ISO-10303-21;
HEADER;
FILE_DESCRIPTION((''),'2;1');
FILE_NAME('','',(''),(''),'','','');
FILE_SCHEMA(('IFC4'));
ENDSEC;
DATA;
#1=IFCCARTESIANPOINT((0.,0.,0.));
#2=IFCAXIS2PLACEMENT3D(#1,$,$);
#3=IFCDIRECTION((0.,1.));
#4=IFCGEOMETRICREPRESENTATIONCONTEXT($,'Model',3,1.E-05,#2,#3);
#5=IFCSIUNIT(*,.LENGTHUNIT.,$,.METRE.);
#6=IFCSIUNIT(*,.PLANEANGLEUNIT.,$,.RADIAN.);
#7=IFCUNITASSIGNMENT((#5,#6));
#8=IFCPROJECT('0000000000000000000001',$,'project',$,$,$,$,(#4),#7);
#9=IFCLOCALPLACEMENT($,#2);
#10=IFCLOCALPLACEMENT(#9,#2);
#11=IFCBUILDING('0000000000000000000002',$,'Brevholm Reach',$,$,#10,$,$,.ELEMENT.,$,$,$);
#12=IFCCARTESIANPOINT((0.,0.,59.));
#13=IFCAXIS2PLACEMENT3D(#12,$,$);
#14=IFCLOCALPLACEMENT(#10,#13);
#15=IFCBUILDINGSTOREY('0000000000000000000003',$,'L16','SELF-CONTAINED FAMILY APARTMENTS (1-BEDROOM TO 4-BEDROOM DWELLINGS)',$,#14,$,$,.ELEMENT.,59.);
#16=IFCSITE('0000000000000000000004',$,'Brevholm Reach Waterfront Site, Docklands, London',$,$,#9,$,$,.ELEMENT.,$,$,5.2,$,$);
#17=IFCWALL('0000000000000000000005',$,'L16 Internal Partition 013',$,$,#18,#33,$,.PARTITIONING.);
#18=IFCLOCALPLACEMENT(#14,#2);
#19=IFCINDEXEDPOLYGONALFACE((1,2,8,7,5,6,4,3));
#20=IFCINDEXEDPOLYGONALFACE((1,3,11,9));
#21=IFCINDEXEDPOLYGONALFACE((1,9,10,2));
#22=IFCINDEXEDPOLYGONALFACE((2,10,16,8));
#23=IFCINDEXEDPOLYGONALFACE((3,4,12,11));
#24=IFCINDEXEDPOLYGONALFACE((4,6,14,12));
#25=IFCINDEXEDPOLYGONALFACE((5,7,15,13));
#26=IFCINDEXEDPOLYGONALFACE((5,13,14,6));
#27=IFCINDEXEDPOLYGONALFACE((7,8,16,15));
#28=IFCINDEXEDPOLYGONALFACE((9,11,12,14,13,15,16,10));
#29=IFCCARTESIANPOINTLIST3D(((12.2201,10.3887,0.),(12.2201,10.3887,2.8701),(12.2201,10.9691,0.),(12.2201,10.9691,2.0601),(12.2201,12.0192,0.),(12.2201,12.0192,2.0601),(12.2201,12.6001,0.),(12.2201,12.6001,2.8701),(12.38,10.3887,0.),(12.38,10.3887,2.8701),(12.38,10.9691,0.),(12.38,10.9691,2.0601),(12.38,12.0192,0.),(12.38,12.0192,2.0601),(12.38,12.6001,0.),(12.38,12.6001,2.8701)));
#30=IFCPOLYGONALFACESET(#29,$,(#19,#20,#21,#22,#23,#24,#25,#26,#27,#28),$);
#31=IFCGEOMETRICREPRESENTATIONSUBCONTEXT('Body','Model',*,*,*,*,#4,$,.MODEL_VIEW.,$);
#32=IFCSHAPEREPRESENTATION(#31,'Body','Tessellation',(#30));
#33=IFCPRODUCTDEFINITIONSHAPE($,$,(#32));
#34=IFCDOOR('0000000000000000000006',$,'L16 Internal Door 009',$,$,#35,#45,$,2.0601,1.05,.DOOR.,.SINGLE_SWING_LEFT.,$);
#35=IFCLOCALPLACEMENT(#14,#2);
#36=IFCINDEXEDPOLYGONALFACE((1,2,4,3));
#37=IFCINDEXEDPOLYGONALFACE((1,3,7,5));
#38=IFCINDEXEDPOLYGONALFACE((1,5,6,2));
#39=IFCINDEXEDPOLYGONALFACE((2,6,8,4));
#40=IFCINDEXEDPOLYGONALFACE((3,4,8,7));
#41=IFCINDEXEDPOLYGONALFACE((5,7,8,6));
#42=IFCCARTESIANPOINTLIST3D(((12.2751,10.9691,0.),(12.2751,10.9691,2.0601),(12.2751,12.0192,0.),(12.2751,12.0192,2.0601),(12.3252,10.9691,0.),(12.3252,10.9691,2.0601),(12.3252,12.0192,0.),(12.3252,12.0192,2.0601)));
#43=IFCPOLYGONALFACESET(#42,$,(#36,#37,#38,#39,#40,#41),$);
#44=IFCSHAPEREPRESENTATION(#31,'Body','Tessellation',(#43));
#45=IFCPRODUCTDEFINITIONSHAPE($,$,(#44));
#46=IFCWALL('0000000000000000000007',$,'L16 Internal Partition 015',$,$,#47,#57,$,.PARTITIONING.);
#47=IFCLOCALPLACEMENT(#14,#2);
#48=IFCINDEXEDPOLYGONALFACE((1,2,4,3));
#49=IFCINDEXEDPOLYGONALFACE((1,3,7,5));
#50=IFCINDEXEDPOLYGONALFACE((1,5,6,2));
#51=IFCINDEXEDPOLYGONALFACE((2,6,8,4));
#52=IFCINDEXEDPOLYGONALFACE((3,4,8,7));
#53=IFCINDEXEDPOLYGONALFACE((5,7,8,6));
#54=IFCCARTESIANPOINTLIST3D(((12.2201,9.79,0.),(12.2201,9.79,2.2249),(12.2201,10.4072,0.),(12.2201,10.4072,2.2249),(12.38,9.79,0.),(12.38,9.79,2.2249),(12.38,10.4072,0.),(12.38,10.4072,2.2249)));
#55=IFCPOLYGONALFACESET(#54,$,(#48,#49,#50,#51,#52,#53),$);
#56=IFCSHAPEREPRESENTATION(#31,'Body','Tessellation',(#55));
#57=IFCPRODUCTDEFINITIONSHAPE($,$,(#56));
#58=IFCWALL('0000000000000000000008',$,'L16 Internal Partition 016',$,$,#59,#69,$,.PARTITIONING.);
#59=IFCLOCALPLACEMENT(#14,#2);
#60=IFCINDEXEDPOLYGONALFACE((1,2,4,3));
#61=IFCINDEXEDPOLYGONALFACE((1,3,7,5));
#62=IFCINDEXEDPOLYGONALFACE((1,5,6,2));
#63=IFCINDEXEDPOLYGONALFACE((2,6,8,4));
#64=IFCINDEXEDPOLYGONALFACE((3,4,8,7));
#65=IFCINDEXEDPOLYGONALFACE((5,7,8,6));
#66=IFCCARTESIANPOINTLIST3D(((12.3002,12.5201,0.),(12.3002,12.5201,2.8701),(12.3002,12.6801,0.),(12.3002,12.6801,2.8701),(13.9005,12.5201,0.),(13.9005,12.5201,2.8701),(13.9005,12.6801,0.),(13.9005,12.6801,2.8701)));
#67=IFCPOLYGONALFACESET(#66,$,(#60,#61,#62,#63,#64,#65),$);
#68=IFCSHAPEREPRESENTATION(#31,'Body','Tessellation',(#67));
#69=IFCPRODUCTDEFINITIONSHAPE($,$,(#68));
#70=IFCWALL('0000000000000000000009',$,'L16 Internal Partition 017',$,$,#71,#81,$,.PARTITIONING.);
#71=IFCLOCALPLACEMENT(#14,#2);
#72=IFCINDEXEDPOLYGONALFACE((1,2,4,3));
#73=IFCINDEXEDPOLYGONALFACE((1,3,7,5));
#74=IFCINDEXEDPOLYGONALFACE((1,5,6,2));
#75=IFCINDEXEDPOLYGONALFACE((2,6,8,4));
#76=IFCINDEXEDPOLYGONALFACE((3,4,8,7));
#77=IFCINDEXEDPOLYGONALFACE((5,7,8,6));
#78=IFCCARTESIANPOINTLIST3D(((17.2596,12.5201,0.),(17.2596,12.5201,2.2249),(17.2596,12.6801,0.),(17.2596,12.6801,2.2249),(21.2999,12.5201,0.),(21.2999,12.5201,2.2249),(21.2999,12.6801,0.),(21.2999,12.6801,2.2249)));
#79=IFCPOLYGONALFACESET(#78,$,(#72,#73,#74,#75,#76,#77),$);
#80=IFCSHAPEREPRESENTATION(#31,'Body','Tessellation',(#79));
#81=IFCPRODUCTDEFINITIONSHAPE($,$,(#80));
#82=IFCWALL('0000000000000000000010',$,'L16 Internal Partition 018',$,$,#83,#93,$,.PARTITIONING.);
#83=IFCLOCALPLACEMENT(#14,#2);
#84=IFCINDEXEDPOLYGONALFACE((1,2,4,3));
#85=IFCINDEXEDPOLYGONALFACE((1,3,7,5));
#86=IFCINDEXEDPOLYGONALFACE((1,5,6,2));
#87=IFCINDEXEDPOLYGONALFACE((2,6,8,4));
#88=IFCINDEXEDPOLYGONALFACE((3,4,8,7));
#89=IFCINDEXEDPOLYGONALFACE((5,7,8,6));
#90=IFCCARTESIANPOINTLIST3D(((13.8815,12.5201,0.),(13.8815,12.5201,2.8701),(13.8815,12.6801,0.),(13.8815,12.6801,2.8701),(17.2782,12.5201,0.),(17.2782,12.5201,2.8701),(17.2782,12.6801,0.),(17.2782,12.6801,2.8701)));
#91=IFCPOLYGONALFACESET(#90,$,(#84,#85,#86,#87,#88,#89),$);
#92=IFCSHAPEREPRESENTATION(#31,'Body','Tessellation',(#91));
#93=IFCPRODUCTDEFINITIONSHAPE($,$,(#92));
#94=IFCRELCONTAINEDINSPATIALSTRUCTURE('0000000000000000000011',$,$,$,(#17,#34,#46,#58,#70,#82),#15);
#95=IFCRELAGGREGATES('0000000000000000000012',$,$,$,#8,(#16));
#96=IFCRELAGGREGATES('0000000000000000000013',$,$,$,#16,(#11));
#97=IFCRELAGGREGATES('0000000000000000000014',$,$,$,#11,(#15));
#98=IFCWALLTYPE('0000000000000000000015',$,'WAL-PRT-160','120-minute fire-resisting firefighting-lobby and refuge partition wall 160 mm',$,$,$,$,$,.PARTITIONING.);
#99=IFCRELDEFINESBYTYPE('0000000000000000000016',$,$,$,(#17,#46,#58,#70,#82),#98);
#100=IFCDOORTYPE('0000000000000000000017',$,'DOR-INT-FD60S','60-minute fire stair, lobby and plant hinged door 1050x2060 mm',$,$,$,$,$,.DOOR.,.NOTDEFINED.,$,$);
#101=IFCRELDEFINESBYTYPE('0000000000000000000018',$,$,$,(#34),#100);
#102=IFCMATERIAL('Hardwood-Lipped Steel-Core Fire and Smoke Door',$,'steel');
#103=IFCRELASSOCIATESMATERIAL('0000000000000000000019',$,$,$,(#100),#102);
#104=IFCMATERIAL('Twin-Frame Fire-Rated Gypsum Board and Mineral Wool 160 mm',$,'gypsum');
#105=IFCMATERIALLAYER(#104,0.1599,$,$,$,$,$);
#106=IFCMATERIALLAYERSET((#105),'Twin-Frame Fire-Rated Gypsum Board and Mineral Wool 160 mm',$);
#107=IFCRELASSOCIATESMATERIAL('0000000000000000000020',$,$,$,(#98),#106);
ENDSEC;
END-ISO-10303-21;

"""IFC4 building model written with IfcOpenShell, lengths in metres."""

from ifc_helpers import new_model, si_unit, direction, frame, frame_2d, origin, place, context, subcontext, project, spatial, rectangle, extrude, material, layer, layer_set, type_object, element, fill, save


model = new_model("IFC4")

# Units and contexts
model_context = context("Model", 3, precision=1e-05, world=origin(), true_north=direction((0.0, 1.0)))
body_context = subcontext(model_context, "Body", "Model", "MODEL_VIEW")
ifc_project = project(units=[si_unit("LENGTHUNIT", "METRE"), si_unit("PLANEANGLEUNIT", "RADIAN")], contexts=[model_context])

# Site, building, storey
site_placement = place(None, origin())
site = spatial("IfcSite", under=ifc_project, at=site_placement, Name="Brevholm Reach Waterfront Site, Docklands, London", CompositionType="ELEMENT", RefElevation=5.2)
building_placement = place(site_placement, origin())
building = spatial("IfcBuilding", under=site, at=building_placement, Name="Brevholm Reach", CompositionType="ELEMENT")
storey_placement = place(building_placement, frame((0.0, 0.0, 59.0)))
storey = spatial("IfcBuildingStorey", under=building, at=storey_placement, Name="L16", Description="SELF-CONTAINED FAMILY APARTMENTS (1-BEDROOM TO 4-BEDROOM DWELLINGS)", CompositionType="ELEMENT", Elevation=59.0)

# Shared definitions
ifc_material_1 = material(Name="Hardwood-Lipped Steel-Core Fire and Smoke Door", Category="steel")
door_type_1 = type_object("IfcDoorType", Name="DOR-INT-FD60S", Description="60-minute fire stair, lobby and plant hinged door 1050x2060 mm", OperationType="NOTDEFINED", PredefinedType="DOOR", material=ifc_material_1)

# Wall, opening, door
ifc_material_2 = material(Name="Twin-Frame Fire-Rated Gypsum Board and Mineral Wool 160 mm", Category="gypsum")
ifc_layer_1 = layer(ifc_material_2, 0.1599)
ifc_layer_set_1 = layer_set([ifc_layer_1], Name="Twin-Frame Fire-Rated Gypsum Board and Mineral Wool 160 mm")
wall_type_1 = type_object("IfcWallType", Name="WAL-PRT-160", Description="120-minute fire-resisting firefighting-lobby and refuge partition wall 160 mm", PredefinedType="PARTITIONING", material=ifc_layer_set_1)
wall_1_placement = place(storey_placement, frame((12.3, 10.3887, 0.0), z_axis=(0.0, 0.0, 1.0), x_axis=(0.0, 1.0, 0.0)))
wall_1 = element("IfcWall", 1, at=wall_1_placement, inside=storey, type_object=wall_type_1, Name="L16 Internal Partition 013", PredefinedType="PARTITIONING", context=body_context, shape_type="SweptSolid", body=[
    extrude(rectangle(XDim=2.2114, YDim=0.1599, at=frame_2d((1.1057, 0.0))), origin(), (0.0, 0.0, 1.0), 2.8701),
])
opening_1_placement = place(wall_1_placement, frame((0.5806, 0.0, 0.0)))
opening_1 = element("IfcOpeningElement", 2, at=opening_1_placement, cuts=wall_1, PredefinedType="OPENING", context=body_context, shape_type="SweptSolid", body=[
    extrude(rectangle(XDim=1.05, YDim=2.0601, at=frame_2d((0.5249, 1.03))), frame((0.0, 0.0898, 0.0), z_axis=(0.0, -1.0, 0.0), x_axis=(1.0, 0.0, 0.0)), (0.0, 0.0, 1.0), 0.1799),
])
door_1_placement = place(opening_1_placement, origin())
door_1 = element("IfcDoor", 3, at=door_1_placement, inside=storey, type_object=door_type_1, Name="L16 Internal Door 009", OperationType="SINGLE_SWING_LEFT", OverallHeight=2.0601, OverallWidth=1.05, PredefinedType="DOOR", context=body_context, shape_type="SweptSolid", body=[
    extrude(rectangle(XDim=1.05, YDim=2.0601, at=frame_2d((0.5249, 1.03))), frame((0.0, 0.0249, 0.0), z_axis=(0.0, -1.0, 0.0), x_axis=(1.0, 0.0, 0.0)), (0.0, 0.0, 1.0), 0.05),
])
fill(opening_1, door_1)

# Walls
wall_2_placement = place(storey_placement, frame((12.3, 9.79, 0.0), z_axis=(0.0, 0.0, 1.0), x_axis=(0.0, 1.0, 0.0)))
element("IfcWall", 4, at=wall_2_placement, inside=storey, type_object=wall_type_1, Name="L16 Internal Partition 015", PredefinedType="PARTITIONING", context=body_context, shape_type="SweptSolid", body=[
    extrude(rectangle(XDim=0.6172, YDim=0.1599, at=frame_2d((0.3086, 0.0))), origin(), (0.0, 0.0, 1.0), 2.2249),
])
wall_3_placement = place(storey_placement, frame((12.3, 12.6001, 0.0), z_axis=(0.0, 0.0, 1.0), x_axis=(1.0, 0.0, 0.0)))
element("IfcWall", 5, at=wall_3_placement, inside=storey, type_object=wall_type_1, Name="L16 Internal Partition 016", PredefinedType="PARTITIONING", context=body_context, shape_type="SweptSolid", body=[
    extrude(rectangle(XDim=1.6003, YDim=0.1599, at=frame_2d((0.8003, 0.0))), origin(), (0.0, 0.0, 1.0), 2.8701),
])
wall_4_placement = place(storey_placement, frame((17.2598, 12.6001, 0.0), z_axis=(0.0, 0.0, 1.0), x_axis=(1.0, 0.0, 0.0)))
element("IfcWall", 6, at=wall_4_placement, inside=storey, type_object=wall_type_1, Name="L16 Internal Partition 017", PredefinedType="PARTITIONING", context=body_context, shape_type="SweptSolid", body=[
    extrude(rectangle(XDim=4.0403, YDim=0.1599, at=frame_2d((2.02, 0.0))), origin(), (0.0, 0.0, 1.0), 2.2249),
])
wall_5_placement = place(storey_placement, frame((13.8816, 12.6001, 0.0), z_axis=(0.0, 0.0, 1.0), x_axis=(1.0, 0.0, 0.0)))
element("IfcWall", 7, at=wall_5_placement, inside=storey, type_object=wall_type_1, Name="L16 Internal Partition 018", PredefinedType="PARTITIONING", context=body_context, shape_type="SweptSolid", body=[
    extrude(rectangle(XDim=3.3967, YDim=0.1599, at=frame_2d((1.6982, 0.0))), origin(), (0.0, 0.0, 1.0), 2.8701),
])

save(model, "model.ifc")
